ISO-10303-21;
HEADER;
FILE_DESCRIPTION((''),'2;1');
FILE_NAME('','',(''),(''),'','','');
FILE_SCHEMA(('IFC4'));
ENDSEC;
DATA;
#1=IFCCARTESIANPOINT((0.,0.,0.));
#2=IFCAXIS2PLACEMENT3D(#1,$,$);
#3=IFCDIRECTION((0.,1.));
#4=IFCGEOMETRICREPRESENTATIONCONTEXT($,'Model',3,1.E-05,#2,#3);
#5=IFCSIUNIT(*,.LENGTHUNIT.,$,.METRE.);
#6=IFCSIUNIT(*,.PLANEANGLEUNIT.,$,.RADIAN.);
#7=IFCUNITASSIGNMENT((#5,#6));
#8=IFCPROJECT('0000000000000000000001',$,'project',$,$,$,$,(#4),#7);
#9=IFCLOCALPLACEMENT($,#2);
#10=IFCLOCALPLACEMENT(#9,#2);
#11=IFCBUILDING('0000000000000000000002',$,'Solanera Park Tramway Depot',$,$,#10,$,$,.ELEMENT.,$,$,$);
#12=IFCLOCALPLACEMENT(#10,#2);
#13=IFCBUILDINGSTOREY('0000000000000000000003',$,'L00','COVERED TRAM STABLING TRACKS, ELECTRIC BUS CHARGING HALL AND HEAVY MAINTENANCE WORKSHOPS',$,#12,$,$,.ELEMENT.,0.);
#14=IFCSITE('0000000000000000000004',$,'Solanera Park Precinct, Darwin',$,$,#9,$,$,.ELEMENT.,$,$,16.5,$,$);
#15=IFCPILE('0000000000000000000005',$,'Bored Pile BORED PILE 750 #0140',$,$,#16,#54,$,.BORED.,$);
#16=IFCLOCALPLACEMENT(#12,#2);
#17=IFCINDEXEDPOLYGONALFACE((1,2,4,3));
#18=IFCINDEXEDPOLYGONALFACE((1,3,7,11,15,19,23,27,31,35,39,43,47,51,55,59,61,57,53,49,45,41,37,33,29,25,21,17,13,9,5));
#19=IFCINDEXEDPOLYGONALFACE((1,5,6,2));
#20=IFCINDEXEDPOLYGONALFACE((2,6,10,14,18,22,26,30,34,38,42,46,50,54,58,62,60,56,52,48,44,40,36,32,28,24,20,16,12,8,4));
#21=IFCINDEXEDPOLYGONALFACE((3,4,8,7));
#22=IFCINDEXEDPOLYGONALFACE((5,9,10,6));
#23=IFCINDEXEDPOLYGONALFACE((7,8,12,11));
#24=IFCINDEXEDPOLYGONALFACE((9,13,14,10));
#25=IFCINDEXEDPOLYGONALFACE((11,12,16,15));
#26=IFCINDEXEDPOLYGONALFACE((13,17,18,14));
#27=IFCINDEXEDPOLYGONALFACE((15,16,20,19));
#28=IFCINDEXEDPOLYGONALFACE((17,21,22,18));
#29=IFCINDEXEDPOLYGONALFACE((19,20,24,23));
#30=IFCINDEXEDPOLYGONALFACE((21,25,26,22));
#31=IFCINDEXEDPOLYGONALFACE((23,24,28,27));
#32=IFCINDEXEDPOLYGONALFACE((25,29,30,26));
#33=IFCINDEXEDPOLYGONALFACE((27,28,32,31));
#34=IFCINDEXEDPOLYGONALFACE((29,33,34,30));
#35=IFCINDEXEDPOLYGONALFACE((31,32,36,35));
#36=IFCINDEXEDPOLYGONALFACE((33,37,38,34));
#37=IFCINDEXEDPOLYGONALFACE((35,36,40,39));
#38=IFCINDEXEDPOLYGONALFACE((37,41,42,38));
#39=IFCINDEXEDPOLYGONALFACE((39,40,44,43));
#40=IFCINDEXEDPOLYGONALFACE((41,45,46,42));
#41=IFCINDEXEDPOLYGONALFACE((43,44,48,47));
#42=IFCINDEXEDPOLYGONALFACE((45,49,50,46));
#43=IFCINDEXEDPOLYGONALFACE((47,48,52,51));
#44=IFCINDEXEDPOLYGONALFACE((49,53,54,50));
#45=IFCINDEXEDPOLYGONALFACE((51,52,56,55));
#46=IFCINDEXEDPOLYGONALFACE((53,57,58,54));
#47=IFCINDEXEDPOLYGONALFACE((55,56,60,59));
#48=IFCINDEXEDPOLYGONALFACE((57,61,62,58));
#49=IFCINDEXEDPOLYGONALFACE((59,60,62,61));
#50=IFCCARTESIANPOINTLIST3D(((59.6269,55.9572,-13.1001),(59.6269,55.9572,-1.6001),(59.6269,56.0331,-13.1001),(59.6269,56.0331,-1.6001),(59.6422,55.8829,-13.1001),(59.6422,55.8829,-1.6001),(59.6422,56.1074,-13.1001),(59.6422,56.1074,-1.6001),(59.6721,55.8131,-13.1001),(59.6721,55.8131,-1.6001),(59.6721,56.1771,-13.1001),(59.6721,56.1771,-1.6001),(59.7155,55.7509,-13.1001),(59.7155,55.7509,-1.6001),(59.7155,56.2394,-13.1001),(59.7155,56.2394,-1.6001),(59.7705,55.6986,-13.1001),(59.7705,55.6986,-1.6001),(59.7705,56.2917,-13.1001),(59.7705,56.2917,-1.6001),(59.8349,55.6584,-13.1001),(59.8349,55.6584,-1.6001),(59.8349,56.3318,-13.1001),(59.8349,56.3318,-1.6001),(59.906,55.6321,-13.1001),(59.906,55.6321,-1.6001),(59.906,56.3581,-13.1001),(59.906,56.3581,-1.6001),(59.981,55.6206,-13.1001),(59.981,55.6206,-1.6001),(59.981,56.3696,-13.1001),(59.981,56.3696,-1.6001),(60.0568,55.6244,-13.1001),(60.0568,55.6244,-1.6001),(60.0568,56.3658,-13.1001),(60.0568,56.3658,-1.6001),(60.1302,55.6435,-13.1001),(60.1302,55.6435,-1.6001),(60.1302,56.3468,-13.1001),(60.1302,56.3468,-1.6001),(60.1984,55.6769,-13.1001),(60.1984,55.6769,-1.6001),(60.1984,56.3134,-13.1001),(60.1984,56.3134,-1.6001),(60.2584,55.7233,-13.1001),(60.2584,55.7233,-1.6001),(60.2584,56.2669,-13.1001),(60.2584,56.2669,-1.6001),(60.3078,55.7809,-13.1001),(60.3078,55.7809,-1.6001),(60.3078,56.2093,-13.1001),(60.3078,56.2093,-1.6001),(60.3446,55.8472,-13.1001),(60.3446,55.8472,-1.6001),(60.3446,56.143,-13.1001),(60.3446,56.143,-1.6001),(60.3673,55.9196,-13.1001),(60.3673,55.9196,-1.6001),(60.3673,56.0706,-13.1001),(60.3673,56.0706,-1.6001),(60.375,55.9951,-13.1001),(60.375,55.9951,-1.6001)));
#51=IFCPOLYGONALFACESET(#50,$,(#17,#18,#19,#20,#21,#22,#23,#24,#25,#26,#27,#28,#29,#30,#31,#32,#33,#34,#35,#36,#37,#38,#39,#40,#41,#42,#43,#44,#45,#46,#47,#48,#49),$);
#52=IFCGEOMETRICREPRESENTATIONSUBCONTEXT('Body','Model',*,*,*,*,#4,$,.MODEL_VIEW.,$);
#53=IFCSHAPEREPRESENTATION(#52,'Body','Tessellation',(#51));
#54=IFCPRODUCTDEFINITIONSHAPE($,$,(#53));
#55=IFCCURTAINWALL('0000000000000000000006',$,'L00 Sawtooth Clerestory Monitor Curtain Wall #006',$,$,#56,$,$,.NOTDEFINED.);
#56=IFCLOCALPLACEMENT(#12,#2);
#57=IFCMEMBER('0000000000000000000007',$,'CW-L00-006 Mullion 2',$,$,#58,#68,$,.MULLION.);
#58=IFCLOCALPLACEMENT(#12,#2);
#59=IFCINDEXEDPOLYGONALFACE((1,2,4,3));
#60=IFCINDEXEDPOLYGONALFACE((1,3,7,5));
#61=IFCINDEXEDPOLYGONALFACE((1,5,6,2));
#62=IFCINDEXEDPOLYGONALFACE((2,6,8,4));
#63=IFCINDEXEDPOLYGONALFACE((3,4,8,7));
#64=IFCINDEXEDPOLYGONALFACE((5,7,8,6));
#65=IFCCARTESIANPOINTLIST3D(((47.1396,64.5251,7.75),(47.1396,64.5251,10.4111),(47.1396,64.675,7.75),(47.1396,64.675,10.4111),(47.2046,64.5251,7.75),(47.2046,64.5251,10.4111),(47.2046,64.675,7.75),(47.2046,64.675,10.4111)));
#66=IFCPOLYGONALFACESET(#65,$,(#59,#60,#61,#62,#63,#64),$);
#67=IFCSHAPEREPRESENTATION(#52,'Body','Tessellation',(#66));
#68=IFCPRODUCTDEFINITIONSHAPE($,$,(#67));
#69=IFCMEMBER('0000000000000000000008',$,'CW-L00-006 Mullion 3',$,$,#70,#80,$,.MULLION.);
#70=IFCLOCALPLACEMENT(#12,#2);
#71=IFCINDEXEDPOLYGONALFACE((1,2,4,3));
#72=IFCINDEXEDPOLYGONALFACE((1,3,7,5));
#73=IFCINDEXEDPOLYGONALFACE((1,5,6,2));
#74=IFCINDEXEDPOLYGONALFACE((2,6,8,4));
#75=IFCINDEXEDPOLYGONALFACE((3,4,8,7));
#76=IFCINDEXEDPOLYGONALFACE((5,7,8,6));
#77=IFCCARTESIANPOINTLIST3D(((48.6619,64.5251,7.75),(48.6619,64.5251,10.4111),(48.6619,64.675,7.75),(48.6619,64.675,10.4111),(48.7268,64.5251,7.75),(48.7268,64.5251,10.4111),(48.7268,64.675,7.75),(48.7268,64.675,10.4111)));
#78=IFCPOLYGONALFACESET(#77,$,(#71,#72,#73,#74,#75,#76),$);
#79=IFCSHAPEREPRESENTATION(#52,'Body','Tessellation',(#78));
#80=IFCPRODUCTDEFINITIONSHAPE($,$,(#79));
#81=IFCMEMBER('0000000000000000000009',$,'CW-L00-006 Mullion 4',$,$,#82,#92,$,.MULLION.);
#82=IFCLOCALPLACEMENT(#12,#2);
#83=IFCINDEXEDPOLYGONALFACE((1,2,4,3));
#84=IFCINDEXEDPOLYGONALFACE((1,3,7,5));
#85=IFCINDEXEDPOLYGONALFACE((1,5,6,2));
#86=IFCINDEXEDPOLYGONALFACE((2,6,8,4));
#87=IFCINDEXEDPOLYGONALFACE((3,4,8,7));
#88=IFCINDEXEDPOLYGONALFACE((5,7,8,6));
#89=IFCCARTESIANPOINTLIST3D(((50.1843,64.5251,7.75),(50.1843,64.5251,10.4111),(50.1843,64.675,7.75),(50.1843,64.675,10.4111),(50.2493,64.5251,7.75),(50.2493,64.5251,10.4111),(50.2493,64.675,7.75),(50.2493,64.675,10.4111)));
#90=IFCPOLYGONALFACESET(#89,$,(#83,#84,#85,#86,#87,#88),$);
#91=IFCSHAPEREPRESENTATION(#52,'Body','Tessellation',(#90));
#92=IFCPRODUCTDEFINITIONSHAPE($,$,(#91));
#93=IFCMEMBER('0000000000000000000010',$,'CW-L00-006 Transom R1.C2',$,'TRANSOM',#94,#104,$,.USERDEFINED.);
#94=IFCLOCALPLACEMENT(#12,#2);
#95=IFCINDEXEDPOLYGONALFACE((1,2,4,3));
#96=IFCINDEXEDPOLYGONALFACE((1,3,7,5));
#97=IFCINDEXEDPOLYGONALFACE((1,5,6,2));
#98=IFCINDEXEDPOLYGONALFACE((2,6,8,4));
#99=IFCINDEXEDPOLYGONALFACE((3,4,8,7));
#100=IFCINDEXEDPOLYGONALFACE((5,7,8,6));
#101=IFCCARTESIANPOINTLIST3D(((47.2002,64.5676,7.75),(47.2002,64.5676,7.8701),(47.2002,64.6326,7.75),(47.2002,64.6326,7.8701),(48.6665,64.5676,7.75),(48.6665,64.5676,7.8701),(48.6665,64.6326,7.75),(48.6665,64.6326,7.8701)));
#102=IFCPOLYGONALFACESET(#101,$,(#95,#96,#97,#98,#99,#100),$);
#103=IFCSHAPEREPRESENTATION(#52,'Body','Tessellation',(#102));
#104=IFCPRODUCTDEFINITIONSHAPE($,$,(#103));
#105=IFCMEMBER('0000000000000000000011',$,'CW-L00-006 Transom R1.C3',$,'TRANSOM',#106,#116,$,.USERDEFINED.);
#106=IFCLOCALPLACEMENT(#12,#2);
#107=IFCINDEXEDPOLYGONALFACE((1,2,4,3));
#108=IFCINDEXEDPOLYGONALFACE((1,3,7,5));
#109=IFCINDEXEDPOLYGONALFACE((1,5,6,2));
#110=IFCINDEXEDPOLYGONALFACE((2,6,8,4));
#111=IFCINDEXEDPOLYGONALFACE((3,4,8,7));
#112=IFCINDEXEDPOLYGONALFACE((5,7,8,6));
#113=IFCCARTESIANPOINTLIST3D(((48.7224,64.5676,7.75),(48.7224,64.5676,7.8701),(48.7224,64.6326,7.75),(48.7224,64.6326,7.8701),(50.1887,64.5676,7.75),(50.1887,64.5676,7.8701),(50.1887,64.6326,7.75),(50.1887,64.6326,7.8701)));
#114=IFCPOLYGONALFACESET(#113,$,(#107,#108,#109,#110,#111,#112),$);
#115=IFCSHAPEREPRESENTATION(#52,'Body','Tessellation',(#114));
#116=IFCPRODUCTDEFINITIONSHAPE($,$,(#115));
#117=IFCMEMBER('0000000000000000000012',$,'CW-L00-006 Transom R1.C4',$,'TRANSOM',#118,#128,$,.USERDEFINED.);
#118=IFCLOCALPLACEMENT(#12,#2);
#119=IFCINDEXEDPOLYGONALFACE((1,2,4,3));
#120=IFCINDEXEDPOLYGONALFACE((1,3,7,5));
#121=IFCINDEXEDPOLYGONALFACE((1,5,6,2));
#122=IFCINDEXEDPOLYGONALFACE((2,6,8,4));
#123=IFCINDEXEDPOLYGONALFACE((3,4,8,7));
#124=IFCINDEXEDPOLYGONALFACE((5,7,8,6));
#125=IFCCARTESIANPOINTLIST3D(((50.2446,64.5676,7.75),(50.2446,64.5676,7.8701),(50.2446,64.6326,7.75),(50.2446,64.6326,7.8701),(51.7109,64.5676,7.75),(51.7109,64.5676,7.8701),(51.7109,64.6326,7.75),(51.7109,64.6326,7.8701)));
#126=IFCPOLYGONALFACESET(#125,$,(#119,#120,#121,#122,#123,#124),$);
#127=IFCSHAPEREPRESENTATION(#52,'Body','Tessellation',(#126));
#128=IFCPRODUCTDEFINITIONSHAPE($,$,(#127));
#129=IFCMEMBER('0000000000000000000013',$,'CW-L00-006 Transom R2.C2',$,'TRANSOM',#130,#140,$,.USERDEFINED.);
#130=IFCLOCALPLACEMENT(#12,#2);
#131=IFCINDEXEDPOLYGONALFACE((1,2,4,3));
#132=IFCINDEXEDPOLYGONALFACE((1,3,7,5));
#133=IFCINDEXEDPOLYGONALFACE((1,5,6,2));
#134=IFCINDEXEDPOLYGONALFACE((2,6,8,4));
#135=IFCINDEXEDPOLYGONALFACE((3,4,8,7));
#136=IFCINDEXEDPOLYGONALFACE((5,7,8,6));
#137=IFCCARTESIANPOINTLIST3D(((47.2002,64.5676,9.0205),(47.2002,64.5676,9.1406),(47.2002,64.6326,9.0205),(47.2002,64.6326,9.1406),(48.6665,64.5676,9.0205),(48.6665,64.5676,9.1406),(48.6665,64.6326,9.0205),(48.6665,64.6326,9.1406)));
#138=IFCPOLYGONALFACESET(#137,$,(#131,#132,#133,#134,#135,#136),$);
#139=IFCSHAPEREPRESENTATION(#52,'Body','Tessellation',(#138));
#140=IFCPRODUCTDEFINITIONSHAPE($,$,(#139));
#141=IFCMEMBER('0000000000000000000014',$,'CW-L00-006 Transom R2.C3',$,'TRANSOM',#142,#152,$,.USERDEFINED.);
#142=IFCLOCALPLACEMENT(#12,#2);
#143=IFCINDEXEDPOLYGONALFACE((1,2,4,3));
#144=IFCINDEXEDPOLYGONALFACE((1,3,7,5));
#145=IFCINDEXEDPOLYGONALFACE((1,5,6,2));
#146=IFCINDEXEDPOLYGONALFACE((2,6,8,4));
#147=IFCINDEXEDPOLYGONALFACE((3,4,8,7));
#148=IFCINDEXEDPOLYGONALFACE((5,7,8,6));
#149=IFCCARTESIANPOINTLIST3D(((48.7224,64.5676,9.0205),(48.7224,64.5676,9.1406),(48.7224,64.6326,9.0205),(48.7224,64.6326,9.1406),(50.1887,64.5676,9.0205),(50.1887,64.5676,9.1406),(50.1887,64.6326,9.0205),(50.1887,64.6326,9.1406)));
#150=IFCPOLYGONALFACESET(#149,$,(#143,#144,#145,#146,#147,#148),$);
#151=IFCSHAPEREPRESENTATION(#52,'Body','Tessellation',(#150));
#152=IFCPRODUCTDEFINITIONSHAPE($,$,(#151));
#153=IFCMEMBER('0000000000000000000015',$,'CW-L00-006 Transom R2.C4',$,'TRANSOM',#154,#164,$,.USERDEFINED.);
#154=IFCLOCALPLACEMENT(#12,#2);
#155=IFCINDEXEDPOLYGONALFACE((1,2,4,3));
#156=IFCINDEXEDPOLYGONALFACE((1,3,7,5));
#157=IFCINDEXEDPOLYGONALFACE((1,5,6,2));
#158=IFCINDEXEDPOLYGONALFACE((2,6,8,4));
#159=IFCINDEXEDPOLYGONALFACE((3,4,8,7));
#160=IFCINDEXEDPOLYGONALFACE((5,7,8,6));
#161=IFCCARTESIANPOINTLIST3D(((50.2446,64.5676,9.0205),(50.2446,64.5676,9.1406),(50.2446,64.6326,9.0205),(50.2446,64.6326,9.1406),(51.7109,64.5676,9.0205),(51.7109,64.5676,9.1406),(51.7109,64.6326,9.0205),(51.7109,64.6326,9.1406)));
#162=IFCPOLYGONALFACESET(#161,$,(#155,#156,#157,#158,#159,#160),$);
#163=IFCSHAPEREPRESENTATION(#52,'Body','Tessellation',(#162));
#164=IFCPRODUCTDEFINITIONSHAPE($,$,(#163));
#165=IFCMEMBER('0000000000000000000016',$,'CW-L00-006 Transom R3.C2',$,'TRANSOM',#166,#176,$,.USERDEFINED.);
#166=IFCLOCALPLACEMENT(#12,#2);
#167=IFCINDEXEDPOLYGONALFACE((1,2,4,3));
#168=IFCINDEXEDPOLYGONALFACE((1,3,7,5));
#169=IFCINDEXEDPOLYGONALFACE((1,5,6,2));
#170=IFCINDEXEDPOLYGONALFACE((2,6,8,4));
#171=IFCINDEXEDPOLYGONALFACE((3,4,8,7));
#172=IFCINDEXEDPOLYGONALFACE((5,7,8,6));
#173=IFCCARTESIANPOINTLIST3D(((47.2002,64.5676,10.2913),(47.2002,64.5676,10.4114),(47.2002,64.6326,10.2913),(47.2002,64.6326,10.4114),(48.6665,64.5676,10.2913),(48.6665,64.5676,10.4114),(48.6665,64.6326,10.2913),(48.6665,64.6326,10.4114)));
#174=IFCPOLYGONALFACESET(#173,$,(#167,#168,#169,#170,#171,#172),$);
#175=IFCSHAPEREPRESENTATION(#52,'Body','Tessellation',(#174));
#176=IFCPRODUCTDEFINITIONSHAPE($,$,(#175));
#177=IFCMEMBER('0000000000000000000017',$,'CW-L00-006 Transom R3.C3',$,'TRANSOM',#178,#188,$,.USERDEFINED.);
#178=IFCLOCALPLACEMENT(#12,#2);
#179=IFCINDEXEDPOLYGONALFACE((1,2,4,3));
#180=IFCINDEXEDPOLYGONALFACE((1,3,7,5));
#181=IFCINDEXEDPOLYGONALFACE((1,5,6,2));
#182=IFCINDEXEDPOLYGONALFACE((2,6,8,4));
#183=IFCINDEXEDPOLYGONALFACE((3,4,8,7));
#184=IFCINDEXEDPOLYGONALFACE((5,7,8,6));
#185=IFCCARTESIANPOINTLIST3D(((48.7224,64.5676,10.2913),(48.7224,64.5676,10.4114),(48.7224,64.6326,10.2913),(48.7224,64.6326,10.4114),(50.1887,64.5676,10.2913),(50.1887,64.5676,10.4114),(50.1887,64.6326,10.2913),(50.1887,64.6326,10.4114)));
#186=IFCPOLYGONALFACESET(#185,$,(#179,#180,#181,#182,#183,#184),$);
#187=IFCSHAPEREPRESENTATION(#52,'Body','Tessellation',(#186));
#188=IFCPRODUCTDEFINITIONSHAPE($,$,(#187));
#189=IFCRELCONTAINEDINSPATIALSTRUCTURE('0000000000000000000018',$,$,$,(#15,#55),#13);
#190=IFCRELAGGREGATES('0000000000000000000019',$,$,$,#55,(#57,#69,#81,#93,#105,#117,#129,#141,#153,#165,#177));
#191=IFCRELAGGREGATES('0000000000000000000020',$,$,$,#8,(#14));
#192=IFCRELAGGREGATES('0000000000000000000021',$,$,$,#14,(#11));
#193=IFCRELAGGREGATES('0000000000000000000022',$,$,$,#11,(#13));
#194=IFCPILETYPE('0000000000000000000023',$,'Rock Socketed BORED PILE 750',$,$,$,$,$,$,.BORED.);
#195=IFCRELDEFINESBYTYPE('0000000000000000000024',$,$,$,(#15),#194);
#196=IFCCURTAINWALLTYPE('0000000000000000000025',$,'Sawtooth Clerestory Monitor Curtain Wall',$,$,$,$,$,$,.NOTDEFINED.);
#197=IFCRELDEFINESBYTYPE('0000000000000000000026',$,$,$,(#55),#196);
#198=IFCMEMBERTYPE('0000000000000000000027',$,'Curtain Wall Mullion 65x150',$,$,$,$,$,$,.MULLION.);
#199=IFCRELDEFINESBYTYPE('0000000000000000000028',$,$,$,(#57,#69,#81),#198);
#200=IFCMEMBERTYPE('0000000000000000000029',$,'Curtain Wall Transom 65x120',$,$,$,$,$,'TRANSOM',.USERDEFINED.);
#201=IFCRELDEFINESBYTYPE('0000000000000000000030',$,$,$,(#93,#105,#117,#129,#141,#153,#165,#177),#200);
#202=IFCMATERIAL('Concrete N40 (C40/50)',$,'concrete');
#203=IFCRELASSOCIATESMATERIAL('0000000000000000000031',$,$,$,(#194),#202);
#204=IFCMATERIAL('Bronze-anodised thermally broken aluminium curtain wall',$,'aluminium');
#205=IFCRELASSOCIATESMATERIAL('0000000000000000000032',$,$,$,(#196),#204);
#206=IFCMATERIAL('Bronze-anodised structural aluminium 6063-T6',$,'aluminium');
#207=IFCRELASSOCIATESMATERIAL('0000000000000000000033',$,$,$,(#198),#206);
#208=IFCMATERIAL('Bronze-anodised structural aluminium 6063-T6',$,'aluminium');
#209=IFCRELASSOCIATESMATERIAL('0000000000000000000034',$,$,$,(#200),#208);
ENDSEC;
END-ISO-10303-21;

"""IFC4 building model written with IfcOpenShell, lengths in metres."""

from ifc_helpers import new_model, si_unit, direction, frame, origin, origin_2d, place, context, subcontext, project, spatial, rectangle, circle, extrude, material, material_profile, profile_set, type_object, element, aggregate, save


model = new_model("IFC4")

# Units and contexts
model_context = context("Model", 3, precision=1e-05, world=origin(), true_north=direction((0.0, 1.0)))
body_context = subcontext(model_context, "Body", "Model", "MODEL_VIEW")
ifc_project = project(units=[si_unit("LENGTHUNIT", "METRE"), si_unit("PLANEANGLEUNIT", "RADIAN")], contexts=[model_context])

# Site, building, storey
site_placement = place(None, origin())
site = spatial("IfcSite", under=ifc_project, at=site_placement, Name="Solanera Park Precinct, Darwin", CompositionType="ELEMENT", RefElevation=16.5)
building_placement = place(site_placement, origin())
building = spatial("IfcBuilding", under=site, at=building_placement, Name="Solanera Park Tramway Depot", CompositionType="ELEMENT")
storey_placement = place(building_placement, origin())
storey = spatial("IfcBuildingStorey", under=building, at=storey_placement, Name="L00", Description="COVERED TRAM STABLING TRACKS, ELECTRIC BUS CHARGING HALL AND HEAVY MAINTENANCE WORKSHOPS", CompositionType="ELEMENT", Elevation=0.0)

# Pile
ifc_material_1 = material(Name="Concrete N40 (C40/50)", Category="concrete")
ifc_material_profile_1 = material_profile(ifc_material_1, circle(Radius=0.375, at=origin_2d()), Name="BORED PILE 750")
ifc_profile_set_1 = profile_set([ifc_material_profile_1], Name="Concrete N40 (C40/50)")
pile_type = type_object("IfcPileType", Name="Rock Socketed BORED PILE 750", PredefinedType="BORED", material=ifc_profile_set_1)
pile_placement = place(storey_placement, frame((60.0, 55.9951, -1.6001), z_axis=(0.0, 0.0, -1.0), x_axis=(1.0, 0.0, 0.0)))
element("IfcPile", 1, at=pile_placement, inside=storey, type_object=pile_type, Name="Bored Pile BORED PILE 750 #0140", PredefinedType="BORED", context=body_context, shape_type="SweptSolid", body=[
    extrude(circle(Radius=0.375, at=origin_2d()), origin(), (0.0, 0.0, 1.0), 11.5),
])

# Curtain wall, members
ifc_material_2 = material(Name="Bronze-anodised thermally broken aluminium curtain wall", Category="aluminium")
curtain_wall_type = type_object("IfcCurtainWallType", Name="Sawtooth Clerestory Monitor Curtain Wall", PredefinedType="NOTDEFINED", material=ifc_material_2)
curtain_wall_placement = place(storey_placement, origin())
curtain_wall = element("IfcCurtainWall", 2, at=curtain_wall_placement, inside=storey, type_object=curtain_wall_type, Name="L00 Sawtooth Clerestory Monitor Curtain Wall #006", PredefinedType="NOTDEFINED")
ifc_material_3 = material(Name="Bronze-anodised structural aluminium 6063-T6", Category="aluminium")
ifc_material_profile_2 = material_profile(ifc_material_3, rectangle(XDim=0.0649, YDim=0.1499, at=origin_2d()), Name="Curtain Wall Mullion 65x150")
ifc_profile_set_2 = profile_set([ifc_material_profile_2], Name="Bronze-anodised structural aluminium 6063-T6")
member_type_1 = type_object("IfcMemberType", Name="Curtain Wall Mullion 65x150", PredefinedType="MULLION", material=ifc_profile_set_2)
member_1_placement = place(storey_placement, frame((47.1721, 64.6001, 7.75), z_axis=(0.0, 0.0, 1.0), x_axis=(1.0, 0.0, 0.0)))
member_1 = element("IfcMember", 3, at=member_1_placement, type_object=member_type_1, Name="CW-L00-006 Mullion 2", PredefinedType="MULLION", context=body_context, shape_type="SweptSolid", body=[
    extrude(rectangle(XDim=0.0649, YDim=0.1499, at=origin_2d()), origin(), (0.0, 0.0, 1.0), 2.6611),
])
member_2_placement = place(storey_placement, frame((48.6943, 64.6001, 7.75), z_axis=(0.0, 0.0, 1.0), x_axis=(1.0, 0.0, 0.0)))
member_2 = element("IfcMember", 4, at=member_2_placement, type_object=member_type_1, Name="CW-L00-006 Mullion 3", PredefinedType="MULLION", context=body_context, shape_type="SweptSolid", body=[
    extrude(rectangle(XDim=0.0649, YDim=0.1499, at=origin_2d()), origin(), (0.0, 0.0, 1.0), 2.6611),
])
member_3_placement = place(storey_placement, frame((50.2168, 64.6001, 7.75), z_axis=(0.0, 0.0, 1.0), x_axis=(1.0, 0.0, 0.0)))
member_3 = element("IfcMember", 5, at=member_3_placement, type_object=member_type_1, Name="CW-L00-006 Mullion 4", PredefinedType="MULLION", context=body_context, shape_type="SweptSolid", body=[
    extrude(rectangle(XDim=0.0649, YDim=0.1499, at=origin_2d()), origin(), (0.0, 0.0, 1.0), 2.6611),
])
ifc_material_4 = material(Name="Bronze-anodised structural aluminium 6063-T6", Category="aluminium")
ifc_material_profile_3 = material_profile(ifc_material_4, rectangle(XDim=0.0649, YDim=0.1201, at=origin_2d()), Name="Curtain Wall Transom 65x120")
ifc_profile_set_3 = profile_set([ifc_material_profile_3], Name="Bronze-anodised structural aluminium 6063-T6")
member_type_2 = type_object("IfcMemberType", Name="Curtain Wall Transom 65x120", ElementType="TRANSOM", PredefinedType="USERDEFINED", material=ifc_profile_set_3)
member_4_placement = place(storey_placement, frame((47.2002, 64.6001, 7.8101), z_axis=(1.0, 0.0, 0.0), x_axis=(0.0, 1.0, 0.0)))
member_4 = element("IfcMember", 6, at=member_4_placement, type_object=member_type_2, Name="CW-L00-006 Transom R1.C2", ObjectType="TRANSOM", PredefinedType="USERDEFINED", context=body_context, shape_type="SweptSolid", body=[
    extrude(rectangle(XDim=0.0649, YDim=0.1201, at=origin_2d()), origin(), (0.0, 0.0, 1.0), 1.4663),
])
member_5_placement = place(storey_placement, frame((48.7224, 64.6001, 7.8101), z_axis=(1.0, 0.0, 0.0), x_axis=(0.0, 1.0, 0.0)))
member_5 = element("IfcMember", 7, at=member_5_placement, type_object=member_type_2, Name="CW-L00-006 Transom R1.C3", ObjectType="TRANSOM", PredefinedType="USERDEFINED", context=body_context, shape_type="SweptSolid", body=[
    extrude(rectangle(XDim=0.0649, YDim=0.1201, at=origin_2d()), origin(), (0.0, 0.0, 1.0), 1.4663),
])
member_6_placement = place(storey_placement, frame((50.2446, 64.6001, 7.8101), z_axis=(1.0, 0.0, 0.0), x_axis=(0.0, 1.0, 0.0)))
member_6 = element("IfcMember", 8, at=member_6_placement, type_object=member_type_2, Name="CW-L00-006 Transom R1.C4", ObjectType="TRANSOM", PredefinedType="USERDEFINED", context=body_context, shape_type="SweptSolid", body=[
    extrude(rectangle(XDim=0.0649, YDim=0.1201, at=origin_2d()), origin(), (0.0, 0.0, 1.0), 1.4663),
])
member_7_placement = place(storey_placement, frame((47.2002, 64.6001, 9.0806), z_axis=(1.0, 0.0, 0.0), x_axis=(0.0, 1.0, 0.0)))
member_7 = element("IfcMember", 9, at=member_7_placement, type_object=member_type_2, Name="CW-L00-006 Transom R2.C2", ObjectType="TRANSOM", PredefinedType="USERDEFINED", context=body_context, shape_type="SweptSolid", body=[
    extrude(rectangle(XDim=0.0649, YDim=0.1201, at=origin_2d()), origin(), (0.0, 0.0, 1.0), 1.4663),
])
member_8_placement = place(storey_placement, frame((48.7224, 64.6001, 9.0806), z_axis=(1.0, 0.0, 0.0), x_axis=(0.0, 1.0, 0.0)))
member_8 = element("IfcMember", 10, at=member_8_placement, type_object=member_type_2, Name="CW-L00-006 Transom R2.C3", ObjectType="TRANSOM", PredefinedType="USERDEFINED", context=body_context, shape_type="SweptSolid", body=[
    extrude(rectangle(XDim=0.0649, YDim=0.1201, at=origin_2d()), origin(), (0.0, 0.0, 1.0), 1.4663),
])
member_9_placement = place(storey_placement, frame((50.2446, 64.6001, 9.0806), z_axis=(1.0, 0.0, 0.0), x_axis=(0.0, 1.0, 0.0)))
member_9 = element("IfcMember", 11, at=member_9_placement, type_object=member_type_2, Name="CW-L00-006 Transom R2.C4", ObjectType="TRANSOM", PredefinedType="USERDEFINED", context=body_context, shape_type="SweptSolid", body=[
    extrude(rectangle(XDim=0.0649, YDim=0.1201, at=origin_2d()), origin(), (0.0, 0.0, 1.0), 1.4663),
])
member_10_placement = place(storey_placement, frame((47.2002, 64.6001, 10.3513), z_axis=(1.0, 0.0, 0.0), x_axis=(0.0, 1.0, 0.0)))
member_10 = element("IfcMember", 12, at=member_10_placement, type_object=member_type_2, Name="CW-L00-006 Transom R3.C2", ObjectType="TRANSOM", PredefinedType="USERDEFINED", context=body_context, shape_type="SweptSolid", body=[
    extrude(rectangle(XDim=0.0649, YDim=0.1201, at=origin_2d()), origin(), (0.0, 0.0, 1.0), 1.4663),
])
member_11_placement = place(storey_placement, frame((48.7224, 64.6001, 10.3513), z_axis=(1.0, 0.0, 0.0), x_axis=(0.0, 1.0, 0.0)))
member_11 = element("IfcMember", 13, at=member_11_placement, type_object=member_type_2, Name="CW-L00-006 Transom R3.C3", ObjectType="TRANSOM", PredefinedType="USERDEFINED", context=body_context, shape_type="SweptSolid", body=[
    extrude(rectangle(XDim=0.0649, YDim=0.1201, at=origin_2d()), origin(), (0.0, 0.0, 1.0), 1.4663),
])

aggregate(curtain_wall, [member_1, member_2, member_3, member_4, member_5, member_6, member_7, member_8, member_9, member_10, member_11])

save(model, "model.ifc")
